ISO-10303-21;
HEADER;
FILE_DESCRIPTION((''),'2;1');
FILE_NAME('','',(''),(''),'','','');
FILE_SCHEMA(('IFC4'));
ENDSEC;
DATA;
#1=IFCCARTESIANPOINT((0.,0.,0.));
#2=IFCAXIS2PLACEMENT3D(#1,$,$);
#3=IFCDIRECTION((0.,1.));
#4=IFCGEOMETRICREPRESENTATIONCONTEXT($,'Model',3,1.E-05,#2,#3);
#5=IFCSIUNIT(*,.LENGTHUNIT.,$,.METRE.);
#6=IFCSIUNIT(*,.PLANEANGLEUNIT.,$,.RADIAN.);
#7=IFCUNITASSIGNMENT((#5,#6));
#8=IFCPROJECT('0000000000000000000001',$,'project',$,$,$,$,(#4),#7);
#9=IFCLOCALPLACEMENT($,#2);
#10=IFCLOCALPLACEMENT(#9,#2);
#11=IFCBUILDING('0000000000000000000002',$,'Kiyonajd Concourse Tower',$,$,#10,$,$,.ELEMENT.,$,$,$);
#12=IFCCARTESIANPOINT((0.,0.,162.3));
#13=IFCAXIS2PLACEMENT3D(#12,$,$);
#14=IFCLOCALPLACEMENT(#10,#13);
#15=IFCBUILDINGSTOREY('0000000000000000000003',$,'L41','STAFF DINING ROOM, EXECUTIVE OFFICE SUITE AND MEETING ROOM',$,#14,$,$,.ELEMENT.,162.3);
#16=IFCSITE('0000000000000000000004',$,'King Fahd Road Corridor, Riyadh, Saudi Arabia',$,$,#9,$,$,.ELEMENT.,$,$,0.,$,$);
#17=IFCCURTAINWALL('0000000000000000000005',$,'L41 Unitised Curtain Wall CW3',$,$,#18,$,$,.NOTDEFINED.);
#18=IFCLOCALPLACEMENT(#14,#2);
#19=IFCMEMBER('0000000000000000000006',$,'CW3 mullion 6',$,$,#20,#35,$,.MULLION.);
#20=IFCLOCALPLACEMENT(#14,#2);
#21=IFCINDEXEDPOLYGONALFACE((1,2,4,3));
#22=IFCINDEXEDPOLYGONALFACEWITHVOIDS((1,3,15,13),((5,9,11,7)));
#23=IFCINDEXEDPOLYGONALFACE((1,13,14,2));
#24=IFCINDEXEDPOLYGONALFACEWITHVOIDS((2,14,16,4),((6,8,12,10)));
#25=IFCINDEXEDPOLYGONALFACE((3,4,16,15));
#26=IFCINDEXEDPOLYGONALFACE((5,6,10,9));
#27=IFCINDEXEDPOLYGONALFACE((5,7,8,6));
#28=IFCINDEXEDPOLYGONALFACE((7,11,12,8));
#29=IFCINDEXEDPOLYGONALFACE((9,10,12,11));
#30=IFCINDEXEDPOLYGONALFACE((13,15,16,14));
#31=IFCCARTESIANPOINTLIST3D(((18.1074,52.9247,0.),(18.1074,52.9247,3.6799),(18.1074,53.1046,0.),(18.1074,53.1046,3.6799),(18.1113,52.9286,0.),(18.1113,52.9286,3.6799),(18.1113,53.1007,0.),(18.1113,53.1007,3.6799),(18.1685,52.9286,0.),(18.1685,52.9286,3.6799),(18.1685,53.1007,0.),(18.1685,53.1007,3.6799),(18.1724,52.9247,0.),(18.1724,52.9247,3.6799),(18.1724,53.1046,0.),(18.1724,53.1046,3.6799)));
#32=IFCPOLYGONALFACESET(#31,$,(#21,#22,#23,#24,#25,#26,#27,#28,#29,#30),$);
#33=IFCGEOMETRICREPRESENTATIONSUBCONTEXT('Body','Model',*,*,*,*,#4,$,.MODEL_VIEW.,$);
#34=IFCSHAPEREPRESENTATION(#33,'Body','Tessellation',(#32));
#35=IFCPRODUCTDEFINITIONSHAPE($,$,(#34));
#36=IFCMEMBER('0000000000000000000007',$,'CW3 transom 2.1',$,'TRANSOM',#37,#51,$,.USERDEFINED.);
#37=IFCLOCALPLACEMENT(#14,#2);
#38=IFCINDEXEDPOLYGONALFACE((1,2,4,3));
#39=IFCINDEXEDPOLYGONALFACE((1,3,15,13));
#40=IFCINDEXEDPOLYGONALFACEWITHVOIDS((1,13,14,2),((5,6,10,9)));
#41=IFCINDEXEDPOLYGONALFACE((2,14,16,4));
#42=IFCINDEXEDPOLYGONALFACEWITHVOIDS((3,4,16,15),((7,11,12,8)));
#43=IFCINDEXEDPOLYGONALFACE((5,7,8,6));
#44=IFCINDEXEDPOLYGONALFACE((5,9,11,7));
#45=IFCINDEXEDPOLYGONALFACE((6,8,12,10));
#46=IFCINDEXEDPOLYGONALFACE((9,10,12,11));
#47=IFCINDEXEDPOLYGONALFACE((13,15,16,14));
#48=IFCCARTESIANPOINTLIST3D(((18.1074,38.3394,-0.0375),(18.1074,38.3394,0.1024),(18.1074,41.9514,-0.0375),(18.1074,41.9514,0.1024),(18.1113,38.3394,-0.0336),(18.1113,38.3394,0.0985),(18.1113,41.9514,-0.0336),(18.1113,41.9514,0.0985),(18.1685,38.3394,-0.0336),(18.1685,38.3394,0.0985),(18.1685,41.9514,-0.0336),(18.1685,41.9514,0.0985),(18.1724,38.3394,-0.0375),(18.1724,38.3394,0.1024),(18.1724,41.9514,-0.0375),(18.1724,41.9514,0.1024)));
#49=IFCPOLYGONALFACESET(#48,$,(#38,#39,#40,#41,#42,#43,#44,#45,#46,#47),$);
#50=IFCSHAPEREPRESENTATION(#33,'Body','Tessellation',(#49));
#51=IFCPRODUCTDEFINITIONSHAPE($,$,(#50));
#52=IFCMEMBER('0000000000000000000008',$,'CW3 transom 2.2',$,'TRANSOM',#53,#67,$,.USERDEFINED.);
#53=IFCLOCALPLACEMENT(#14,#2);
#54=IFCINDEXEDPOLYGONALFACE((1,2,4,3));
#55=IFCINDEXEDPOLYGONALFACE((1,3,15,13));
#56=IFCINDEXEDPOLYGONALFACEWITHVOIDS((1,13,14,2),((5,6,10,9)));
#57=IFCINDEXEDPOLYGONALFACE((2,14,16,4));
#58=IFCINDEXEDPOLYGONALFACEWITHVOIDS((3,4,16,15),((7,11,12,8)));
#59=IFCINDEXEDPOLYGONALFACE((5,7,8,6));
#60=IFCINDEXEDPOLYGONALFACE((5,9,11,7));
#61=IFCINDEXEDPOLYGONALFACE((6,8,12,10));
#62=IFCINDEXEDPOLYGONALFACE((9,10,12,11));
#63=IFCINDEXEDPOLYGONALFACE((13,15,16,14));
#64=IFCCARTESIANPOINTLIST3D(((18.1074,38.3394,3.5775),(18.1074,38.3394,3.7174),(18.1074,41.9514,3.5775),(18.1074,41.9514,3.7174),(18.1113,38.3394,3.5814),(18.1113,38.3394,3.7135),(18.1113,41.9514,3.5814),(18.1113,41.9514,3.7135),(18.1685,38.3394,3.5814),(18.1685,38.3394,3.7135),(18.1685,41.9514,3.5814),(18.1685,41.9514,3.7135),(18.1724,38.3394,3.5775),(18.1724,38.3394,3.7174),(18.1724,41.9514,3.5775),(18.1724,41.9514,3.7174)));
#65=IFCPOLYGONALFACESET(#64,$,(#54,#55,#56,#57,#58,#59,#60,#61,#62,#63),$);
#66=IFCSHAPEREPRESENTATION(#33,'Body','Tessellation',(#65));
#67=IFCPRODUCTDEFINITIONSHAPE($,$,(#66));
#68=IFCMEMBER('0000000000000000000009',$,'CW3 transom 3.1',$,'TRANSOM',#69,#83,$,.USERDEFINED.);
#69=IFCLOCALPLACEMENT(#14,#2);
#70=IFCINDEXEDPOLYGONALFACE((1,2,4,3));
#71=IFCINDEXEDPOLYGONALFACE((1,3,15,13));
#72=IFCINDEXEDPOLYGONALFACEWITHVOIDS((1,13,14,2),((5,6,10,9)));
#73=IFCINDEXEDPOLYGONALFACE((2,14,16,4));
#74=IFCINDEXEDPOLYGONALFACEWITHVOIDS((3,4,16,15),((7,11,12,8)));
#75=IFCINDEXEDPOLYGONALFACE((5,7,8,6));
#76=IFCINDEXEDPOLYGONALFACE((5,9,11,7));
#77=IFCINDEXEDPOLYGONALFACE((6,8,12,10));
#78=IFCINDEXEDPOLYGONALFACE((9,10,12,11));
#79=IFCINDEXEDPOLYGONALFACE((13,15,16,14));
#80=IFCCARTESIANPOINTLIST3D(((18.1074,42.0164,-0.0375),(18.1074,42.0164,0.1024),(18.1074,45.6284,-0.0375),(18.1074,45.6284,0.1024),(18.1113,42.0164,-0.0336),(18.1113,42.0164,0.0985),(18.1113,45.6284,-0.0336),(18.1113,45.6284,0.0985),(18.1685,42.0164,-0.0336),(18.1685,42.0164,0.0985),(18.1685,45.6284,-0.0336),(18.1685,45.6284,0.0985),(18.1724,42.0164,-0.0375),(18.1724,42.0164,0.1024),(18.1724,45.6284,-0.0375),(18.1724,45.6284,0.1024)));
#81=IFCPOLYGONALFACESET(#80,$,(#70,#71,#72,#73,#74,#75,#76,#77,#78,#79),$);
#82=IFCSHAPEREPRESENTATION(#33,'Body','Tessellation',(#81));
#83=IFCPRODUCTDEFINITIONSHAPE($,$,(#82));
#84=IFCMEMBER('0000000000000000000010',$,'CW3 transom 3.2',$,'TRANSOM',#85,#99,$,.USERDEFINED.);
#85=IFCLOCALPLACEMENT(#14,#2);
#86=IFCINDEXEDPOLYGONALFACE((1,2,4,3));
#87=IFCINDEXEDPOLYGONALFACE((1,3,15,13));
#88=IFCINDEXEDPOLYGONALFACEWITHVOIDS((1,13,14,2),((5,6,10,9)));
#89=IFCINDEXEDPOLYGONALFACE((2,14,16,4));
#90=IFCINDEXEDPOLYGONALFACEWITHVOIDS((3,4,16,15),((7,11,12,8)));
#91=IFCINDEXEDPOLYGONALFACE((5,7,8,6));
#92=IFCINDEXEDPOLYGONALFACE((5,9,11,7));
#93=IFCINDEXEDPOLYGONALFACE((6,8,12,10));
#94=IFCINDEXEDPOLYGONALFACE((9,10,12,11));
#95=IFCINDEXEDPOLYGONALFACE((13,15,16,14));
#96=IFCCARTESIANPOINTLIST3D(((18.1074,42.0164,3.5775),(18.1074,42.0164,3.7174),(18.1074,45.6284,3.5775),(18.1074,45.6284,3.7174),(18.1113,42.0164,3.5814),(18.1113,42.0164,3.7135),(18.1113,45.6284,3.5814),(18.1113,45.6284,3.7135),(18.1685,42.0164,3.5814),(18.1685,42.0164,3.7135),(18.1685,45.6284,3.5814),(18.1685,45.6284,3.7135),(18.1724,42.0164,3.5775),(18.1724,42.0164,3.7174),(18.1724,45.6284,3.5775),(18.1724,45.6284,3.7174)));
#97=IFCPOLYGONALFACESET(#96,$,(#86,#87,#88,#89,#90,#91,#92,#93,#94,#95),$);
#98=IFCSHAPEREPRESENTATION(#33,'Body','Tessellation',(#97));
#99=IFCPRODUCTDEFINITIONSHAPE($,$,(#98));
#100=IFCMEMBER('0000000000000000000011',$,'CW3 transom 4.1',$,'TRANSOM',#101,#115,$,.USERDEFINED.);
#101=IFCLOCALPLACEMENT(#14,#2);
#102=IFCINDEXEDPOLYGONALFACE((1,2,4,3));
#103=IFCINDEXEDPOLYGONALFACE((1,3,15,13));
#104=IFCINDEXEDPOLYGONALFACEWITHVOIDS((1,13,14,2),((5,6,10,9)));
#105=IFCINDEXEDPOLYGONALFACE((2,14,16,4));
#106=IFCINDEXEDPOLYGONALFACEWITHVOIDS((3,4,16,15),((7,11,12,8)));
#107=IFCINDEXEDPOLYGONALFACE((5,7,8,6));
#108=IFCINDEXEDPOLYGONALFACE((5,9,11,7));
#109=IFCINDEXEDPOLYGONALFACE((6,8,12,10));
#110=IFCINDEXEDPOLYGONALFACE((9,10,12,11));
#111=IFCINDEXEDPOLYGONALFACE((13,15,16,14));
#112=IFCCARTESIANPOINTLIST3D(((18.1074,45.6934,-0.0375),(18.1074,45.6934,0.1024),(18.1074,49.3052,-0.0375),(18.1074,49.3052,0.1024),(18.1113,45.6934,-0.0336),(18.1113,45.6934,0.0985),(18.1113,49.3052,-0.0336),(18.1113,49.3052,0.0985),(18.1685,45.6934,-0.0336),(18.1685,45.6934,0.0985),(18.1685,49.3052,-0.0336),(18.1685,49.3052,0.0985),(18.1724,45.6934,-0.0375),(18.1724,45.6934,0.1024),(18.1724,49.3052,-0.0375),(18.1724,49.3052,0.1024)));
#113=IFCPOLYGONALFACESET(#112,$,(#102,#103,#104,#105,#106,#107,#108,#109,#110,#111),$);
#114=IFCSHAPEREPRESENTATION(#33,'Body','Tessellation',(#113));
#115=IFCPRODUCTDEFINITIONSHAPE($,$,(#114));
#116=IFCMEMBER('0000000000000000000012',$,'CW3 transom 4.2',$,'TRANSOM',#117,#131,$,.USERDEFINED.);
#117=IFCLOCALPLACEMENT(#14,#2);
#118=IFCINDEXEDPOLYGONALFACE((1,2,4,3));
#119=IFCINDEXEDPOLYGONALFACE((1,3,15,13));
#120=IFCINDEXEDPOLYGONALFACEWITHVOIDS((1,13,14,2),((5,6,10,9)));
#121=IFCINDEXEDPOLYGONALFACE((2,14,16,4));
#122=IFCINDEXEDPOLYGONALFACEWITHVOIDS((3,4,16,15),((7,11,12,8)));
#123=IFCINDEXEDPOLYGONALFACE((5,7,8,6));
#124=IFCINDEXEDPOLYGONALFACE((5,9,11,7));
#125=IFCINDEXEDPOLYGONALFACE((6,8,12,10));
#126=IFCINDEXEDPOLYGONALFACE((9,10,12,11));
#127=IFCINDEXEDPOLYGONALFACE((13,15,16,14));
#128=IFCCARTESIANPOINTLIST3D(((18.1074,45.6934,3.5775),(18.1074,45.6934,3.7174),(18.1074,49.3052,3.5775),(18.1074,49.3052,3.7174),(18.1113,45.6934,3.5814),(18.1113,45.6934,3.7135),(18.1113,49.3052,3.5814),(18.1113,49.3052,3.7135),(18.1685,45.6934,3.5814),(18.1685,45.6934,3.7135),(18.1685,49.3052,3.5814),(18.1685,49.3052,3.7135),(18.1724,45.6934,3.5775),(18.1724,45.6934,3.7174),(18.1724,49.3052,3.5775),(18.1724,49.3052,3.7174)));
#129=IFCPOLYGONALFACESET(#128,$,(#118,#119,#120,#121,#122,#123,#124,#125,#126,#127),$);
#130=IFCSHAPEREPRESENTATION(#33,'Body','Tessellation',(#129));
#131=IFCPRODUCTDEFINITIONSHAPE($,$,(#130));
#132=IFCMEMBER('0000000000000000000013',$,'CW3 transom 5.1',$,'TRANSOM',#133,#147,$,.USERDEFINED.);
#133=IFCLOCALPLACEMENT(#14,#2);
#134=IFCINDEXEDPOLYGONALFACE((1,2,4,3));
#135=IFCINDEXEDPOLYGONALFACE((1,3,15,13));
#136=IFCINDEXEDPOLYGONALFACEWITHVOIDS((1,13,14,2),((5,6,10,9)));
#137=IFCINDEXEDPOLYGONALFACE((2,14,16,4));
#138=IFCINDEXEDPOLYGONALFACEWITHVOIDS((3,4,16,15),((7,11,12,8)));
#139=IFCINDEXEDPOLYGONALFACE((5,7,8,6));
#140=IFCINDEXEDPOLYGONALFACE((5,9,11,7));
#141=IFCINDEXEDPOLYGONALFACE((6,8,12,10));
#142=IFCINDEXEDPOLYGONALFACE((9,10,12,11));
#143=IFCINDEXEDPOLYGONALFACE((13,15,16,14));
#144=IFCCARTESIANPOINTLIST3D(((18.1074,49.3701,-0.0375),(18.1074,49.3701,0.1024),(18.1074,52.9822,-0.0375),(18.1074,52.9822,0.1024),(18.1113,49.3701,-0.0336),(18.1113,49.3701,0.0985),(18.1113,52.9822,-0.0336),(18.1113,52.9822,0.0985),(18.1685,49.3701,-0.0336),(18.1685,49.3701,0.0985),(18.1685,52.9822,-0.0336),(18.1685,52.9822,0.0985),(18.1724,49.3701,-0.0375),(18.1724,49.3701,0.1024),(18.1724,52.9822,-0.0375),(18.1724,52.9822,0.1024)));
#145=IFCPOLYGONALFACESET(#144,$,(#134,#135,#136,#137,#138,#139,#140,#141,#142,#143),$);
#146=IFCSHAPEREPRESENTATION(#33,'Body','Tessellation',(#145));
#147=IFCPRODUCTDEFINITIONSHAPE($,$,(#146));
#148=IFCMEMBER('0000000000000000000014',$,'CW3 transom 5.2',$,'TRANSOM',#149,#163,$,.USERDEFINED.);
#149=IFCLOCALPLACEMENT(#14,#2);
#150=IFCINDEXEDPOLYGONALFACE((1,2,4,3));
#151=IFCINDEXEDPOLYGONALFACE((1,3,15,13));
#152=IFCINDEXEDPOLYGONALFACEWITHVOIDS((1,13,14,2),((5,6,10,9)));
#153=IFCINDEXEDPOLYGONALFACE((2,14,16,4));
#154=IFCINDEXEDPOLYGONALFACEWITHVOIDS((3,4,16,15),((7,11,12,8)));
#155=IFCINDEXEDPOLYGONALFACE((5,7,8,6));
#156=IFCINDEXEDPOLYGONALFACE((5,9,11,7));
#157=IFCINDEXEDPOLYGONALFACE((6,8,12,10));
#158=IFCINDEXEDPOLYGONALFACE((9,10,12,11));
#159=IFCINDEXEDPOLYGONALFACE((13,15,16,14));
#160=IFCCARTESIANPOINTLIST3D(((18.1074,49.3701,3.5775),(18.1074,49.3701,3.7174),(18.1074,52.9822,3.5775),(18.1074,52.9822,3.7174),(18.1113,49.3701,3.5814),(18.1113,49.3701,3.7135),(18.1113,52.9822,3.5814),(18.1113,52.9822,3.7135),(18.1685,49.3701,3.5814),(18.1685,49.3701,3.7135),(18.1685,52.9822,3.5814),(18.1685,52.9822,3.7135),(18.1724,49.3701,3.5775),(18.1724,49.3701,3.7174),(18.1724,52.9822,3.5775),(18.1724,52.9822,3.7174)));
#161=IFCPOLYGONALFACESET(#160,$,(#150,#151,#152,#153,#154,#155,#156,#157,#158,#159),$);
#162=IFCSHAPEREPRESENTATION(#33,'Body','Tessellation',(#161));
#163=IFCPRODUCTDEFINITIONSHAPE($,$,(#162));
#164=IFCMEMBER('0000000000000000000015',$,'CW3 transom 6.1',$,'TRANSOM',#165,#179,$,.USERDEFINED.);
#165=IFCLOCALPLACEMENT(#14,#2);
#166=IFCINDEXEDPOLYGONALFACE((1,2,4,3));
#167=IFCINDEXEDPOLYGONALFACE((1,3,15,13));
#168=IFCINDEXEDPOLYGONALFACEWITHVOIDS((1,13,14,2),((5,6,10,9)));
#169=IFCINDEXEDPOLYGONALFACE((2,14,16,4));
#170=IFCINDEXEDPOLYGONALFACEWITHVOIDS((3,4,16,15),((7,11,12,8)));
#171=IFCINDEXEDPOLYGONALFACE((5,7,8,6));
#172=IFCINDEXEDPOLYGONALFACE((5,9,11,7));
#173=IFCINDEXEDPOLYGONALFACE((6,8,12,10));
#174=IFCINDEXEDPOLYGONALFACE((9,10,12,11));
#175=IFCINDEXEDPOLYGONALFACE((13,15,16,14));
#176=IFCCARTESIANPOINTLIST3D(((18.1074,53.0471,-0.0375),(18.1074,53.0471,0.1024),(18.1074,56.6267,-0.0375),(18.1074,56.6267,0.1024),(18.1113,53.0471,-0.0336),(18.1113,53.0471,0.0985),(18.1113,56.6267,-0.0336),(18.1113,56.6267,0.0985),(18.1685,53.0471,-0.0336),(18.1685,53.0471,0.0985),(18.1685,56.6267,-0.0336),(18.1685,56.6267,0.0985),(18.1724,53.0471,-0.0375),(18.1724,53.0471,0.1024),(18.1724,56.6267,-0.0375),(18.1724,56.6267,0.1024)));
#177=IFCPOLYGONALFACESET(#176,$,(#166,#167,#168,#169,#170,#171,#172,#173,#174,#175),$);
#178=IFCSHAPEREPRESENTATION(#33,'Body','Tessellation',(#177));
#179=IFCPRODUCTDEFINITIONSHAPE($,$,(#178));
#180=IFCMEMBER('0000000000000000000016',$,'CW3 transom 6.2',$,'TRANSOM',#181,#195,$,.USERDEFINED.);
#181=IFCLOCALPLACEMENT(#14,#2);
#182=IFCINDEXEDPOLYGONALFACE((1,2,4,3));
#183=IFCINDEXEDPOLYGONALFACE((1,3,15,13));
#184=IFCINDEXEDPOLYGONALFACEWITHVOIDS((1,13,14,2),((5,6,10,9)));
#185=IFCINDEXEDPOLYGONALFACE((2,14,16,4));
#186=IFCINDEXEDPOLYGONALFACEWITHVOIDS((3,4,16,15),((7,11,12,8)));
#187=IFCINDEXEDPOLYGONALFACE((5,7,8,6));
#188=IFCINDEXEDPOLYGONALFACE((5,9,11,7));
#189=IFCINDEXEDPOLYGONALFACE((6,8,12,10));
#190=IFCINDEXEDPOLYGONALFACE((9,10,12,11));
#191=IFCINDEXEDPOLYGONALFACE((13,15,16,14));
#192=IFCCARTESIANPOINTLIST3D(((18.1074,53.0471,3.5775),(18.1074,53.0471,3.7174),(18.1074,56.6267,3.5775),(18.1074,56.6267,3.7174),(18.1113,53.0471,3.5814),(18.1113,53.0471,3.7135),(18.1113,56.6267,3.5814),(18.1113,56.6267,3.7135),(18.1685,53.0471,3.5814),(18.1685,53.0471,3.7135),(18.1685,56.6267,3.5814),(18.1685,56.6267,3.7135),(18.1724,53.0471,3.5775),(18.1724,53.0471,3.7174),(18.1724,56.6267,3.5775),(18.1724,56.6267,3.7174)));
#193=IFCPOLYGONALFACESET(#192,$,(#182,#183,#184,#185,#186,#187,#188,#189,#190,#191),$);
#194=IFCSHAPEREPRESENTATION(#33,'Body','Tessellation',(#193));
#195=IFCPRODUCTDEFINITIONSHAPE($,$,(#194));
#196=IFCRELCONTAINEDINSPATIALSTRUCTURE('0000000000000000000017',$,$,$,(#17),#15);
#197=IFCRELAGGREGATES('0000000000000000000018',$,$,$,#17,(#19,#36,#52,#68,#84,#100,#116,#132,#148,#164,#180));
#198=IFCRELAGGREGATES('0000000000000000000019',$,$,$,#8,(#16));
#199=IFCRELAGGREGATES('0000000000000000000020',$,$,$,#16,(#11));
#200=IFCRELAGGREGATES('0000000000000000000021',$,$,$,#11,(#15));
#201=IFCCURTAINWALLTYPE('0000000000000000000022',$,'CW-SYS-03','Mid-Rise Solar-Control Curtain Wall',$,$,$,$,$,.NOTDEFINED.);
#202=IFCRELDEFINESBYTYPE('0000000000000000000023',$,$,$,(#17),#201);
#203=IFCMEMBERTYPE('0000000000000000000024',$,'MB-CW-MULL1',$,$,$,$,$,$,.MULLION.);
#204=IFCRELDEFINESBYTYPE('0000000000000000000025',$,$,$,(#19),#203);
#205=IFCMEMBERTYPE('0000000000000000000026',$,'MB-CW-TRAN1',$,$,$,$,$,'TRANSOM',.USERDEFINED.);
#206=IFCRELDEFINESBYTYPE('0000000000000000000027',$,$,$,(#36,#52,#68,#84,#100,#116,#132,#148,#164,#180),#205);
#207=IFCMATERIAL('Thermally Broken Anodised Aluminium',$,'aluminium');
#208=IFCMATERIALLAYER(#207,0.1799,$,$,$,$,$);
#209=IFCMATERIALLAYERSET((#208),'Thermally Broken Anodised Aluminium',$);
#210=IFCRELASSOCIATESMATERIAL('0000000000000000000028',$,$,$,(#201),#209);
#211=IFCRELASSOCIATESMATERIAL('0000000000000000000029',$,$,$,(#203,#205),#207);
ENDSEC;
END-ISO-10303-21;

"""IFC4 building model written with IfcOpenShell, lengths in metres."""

from ifc_helpers import new_model, si_unit, direction, frame, origin, origin_2d, place, context, subcontext, project, spatial, hollow_rectangle, extrude, material, layer, layer_set, material_profile, profile_set, type_object, element, aggregate, save


model = new_model("IFC4")

# Units and contexts
model_context = context("Model", 3, precision=1e-05, world=origin(), true_north=direction((0.0, 1.0)))
body_context = subcontext(model_context, "Body", "Model", "MODEL_VIEW")
ifc_project = project(units=[si_unit("LENGTHUNIT", "METRE"), si_unit("PLANEANGLEUNIT", "RADIAN")], contexts=[model_context])

# Site, building, storey
site_placement = place(None, origin())
site = spatial("IfcSite", under=ifc_project, at=site_placement, Name="King Fahd Road Corridor, Riyadh, Saudi Arabia", CompositionType="ELEMENT", RefElevation=0.0)
building_placement = place(site_placement, origin())
building = spatial("IfcBuilding", under=site, at=building_placement, Name="Kiyonajd Concourse Tower", CompositionType="ELEMENT")
storey_placement = place(building_placement, frame((0.0, 0.0, 162.3)))
storey = spatial("IfcBuildingStorey", under=building, at=storey_placement, Name="L41", Description="STAFF DINING ROOM, EXECUTIVE OFFICE SUITE AND MEETING ROOM", CompositionType="ELEMENT", Elevation=162.3)

# Curtain wall, members
ifc_material_1 = material(Name="Thermally Broken Anodised Aluminium", Category="aluminium")
ifc_layer_1 = layer(ifc_material_1, 0.1799)
ifc_layer_set_1 = layer_set([ifc_layer_1], Name="Thermally Broken Anodised Aluminium")
curtain_wall_type = type_object("IfcCurtainWallType", Name="CW-SYS-03", Description="Mid-Rise Solar-Control Curtain Wall", PredefinedType="NOTDEFINED", material=ifc_layer_set_1)
curtain_wall_placement = place(storey_placement, origin())
curtain_wall = element("IfcCurtainWall", 1, at=curtain_wall_placement, inside=storey, type_object=curtain_wall_type, Name="L41 Unitised Curtain Wall CW3", PredefinedType="NOTDEFINED")
ifc_material_profile_1 = material_profile(ifc_material_1, hollow_rectangle(XDim=0.0649, YDim=0.1799, WallThickness=0.0039, at=origin_2d()), Name="MULL-65x180")
ifc_profile_set_1 = profile_set([ifc_material_profile_1], Name="Thermally Broken Anodised Aluminium")
member_type_1 = type_object("IfcMemberType", Name="MB-CW-MULL1", PredefinedType="MULLION", material=ifc_profile_set_1)
member_1_placement = place(storey_placement, frame((18.1399, 53.0146, 0.0), z_axis=(0.0, 0.0, 1.0), x_axis=(-1.0, 0.0, 0.0)))
member_1 = element("IfcMember", 2, at=member_1_placement, type_object=member_type_1, Name="CW3 mullion 6", PredefinedType="MULLION", context=body_context, shape_type="SweptSolid", body=[
    extrude(hollow_rectangle(XDim=0.0649, YDim=0.1799, WallThickness=0.0039, at=origin_2d()), origin(), (0.0, 0.0, 1.0), 3.6799),
])
ifc_material_profile_2 = material_profile(ifc_material_1, hollow_rectangle(XDim=0.0649, YDim=0.1399, WallThickness=0.0039, at=origin_2d()), Name="TRAN-65x140")
ifc_profile_set_2 = profile_set([ifc_material_profile_2], Name="Thermally Broken Anodised Aluminium")
member_type_2 = type_object("IfcMemberType", Name="MB-CW-TRAN1", ElementType="TRANSOM", PredefinedType="USERDEFINED", material=ifc_profile_set_2)
member_2_placement = place(storey_placement, frame((18.1399, 38.3394, 0.0325), z_axis=(0.0, 1.0, 0.0), x_axis=(-1.0, 0.0, 0.0)))
member_2 = element("IfcMember", 3, at=member_2_placement, type_object=member_type_2, Name="CW3 transom 2.1", ObjectType="TRANSOM", PredefinedType="USERDEFINED", context=body_context, shape_type="SweptSolid", body=[
    extrude(hollow_rectangle(XDim=0.0649, YDim=0.1399, WallThickness=0.0039, at=origin_2d()), origin(), (0.0, 0.0, 1.0), 3.6121),
])
member_3_placement = place(storey_placement, frame((18.1399, 38.3394, 3.6475), z_axis=(0.0, 1.0, 0.0), x_axis=(-1.0, 0.0, 0.0)))
member_3 = element("IfcMember", 4, at=member_3_placement, type_object=member_type_2, Name="CW3 transom 2.2", ObjectType="TRANSOM", PredefinedType="USERDEFINED", context=body_context, shape_type="SweptSolid", body=[
    extrude(hollow_rectangle(XDim=0.0649, YDim=0.1399, WallThickness=0.0039, at=origin_2d()), origin(), (0.0, 0.0, 1.0), 3.6121),
])
member_4_placement = place(storey_placement, frame((18.1399, 42.0164, 0.0325), z_axis=(0.0, 1.0, 0.0), x_axis=(-1.0, 0.0, 0.0)))
member_4 = element("IfcMember", 5, at=member_4_placement, type_object=member_type_2, Name="CW3 transom 3.1", ObjectType="TRANSOM", PredefinedType="USERDEFINED", context=body_context, shape_type="SweptSolid", body=[
    extrude(hollow_rectangle(XDim=0.0649, YDim=0.1399, WallThickness=0.0039, at=origin_2d()), origin(), (0.0, 0.0, 1.0), 3.6121),
])
member_5_placement = place(storey_placement, frame((18.1399, 42.0164, 3.6475), z_axis=(0.0, 1.0, 0.0), x_axis=(-1.0, 0.0, 0.0)))
member_5 = element("IfcMember", 6, at=member_5_placement, type_object=member_type_2, Name="CW3 transom 3.2", ObjectType="TRANSOM", PredefinedType="USERDEFINED", context=body_context, shape_type="SweptSolid", body=[
    extrude(hollow_rectangle(XDim=0.0649, YDim=0.1399, WallThickness=0.0039, at=origin_2d()), origin(), (0.0, 0.0, 1.0), 3.6121),
])
member_6_placement = place(storey_placement, frame((18.1399, 45.6934, 0.0325), z_axis=(0.0, 1.0, 0.0), x_axis=(-1.0, 0.0, 0.0)))
member_6 = element("IfcMember", 7, at=member_6_placement, type_object=member_type_2, Name="CW3 transom 4.1", ObjectType="TRANSOM", PredefinedType="USERDEFINED", context=body_context, shape_type="SweptSolid", body=[
    extrude(hollow_rectangle(XDim=0.0649, YDim=0.1399, WallThickness=0.0039, at=origin_2d()), origin(), (0.0, 0.0, 1.0), 3.6118),
])
member_7_placement = place(storey_placement, frame((18.1399, 45.6934, 3.6475), z_axis=(0.0, 1.0, 0.0), x_axis=(-1.0, 0.0, 0.0)))
member_7 = element("IfcMember", 8, at=member_7_placement, type_object=member_type_2, Name="CW3 transom 4.2", ObjectType="TRANSOM", PredefinedType="USERDEFINED", context=body_context, shape_type="SweptSolid", body=[
    extrude(hollow_rectangle(XDim=0.0649, YDim=0.1399, WallThickness=0.0039, at=origin_2d()), origin(), (0.0, 0.0, 1.0), 3.6118),
])
member_8_placement = place(storey_placement, frame((18.1399, 49.3701, 0.0325), z_axis=(0.0, 1.0, 0.0), x_axis=(-1.0, 0.0, 0.0)))
member_8 = element("IfcMember", 9, at=member_8_placement, type_object=member_type_2, Name="CW3 transom 5.1", ObjectType="TRANSOM", PredefinedType="USERDEFINED", context=body_context, shape_type="SweptSolid", body=[
    extrude(hollow_rectangle(XDim=0.0649, YDim=0.1399, WallThickness=0.0039, at=origin_2d()), origin(), (0.0, 0.0, 1.0), 3.6121),
])
member_9_placement = place(storey_placement, frame((18.1399, 49.3701, 3.6475), z_axis=(0.0, 1.0, 0.0), x_axis=(-1.0, 0.0, 0.0)))
member_9 = element("IfcMember", 10, at=member_9_placement, type_object=member_type_2, Name="CW3 transom 5.2", ObjectType="TRANSOM", PredefinedType="USERDEFINED", context=body_context, shape_type="SweptSolid", body=[
    extrude(hollow_rectangle(XDim=0.0649, YDim=0.1399, WallThickness=0.0039, at=origin_2d()), origin(), (0.0, 0.0, 1.0), 3.6121),
])
member_10_placement = place(storey_placement, frame((18.1399, 53.0471, 0.0325), z_axis=(0.0, 1.0, 0.0), x_axis=(-1.0, 0.0, 0.0)))
member_10 = element("IfcMember", 11, at=member_10_placement, type_object=member_type_2, Name="CW3 transom 6.1", ObjectType="TRANSOM", PredefinedType="USERDEFINED", context=body_context, shape_type="SweptSolid", body=[
    extrude(hollow_rectangle(XDim=0.0649, YDim=0.1399, WallThickness=0.0039, at=origin_2d()), origin(), (0.0, 0.0, 1.0), 3.5796),
])
member_11_placement = place(storey_placement, frame((18.1399, 53.0471, 3.6475), z_axis=(0.0, 1.0, 0.0), x_axis=(-1.0, 0.0, 0.0)))
member_11 = element("IfcMember", 12, at=member_11_placement, type_object=member_type_2, Name="CW3 transom 6.2", ObjectType="TRANSOM", PredefinedType="USERDEFINED", context=body_context, shape_type="SweptSolid", body=[
    extrude(hollow_rectangle(XDim=0.0649, YDim=0.1399, WallThickness=0.0039, at=origin_2d()), origin(), (0.0, 0.0, 1.0), 3.5796),
])
aggregate(curtain_wall, [member_1, member_2, member_3, member_4, member_5, member_6, member_7, member_8, member_9, member_10, member_11])

save(model, "model.ifc")
